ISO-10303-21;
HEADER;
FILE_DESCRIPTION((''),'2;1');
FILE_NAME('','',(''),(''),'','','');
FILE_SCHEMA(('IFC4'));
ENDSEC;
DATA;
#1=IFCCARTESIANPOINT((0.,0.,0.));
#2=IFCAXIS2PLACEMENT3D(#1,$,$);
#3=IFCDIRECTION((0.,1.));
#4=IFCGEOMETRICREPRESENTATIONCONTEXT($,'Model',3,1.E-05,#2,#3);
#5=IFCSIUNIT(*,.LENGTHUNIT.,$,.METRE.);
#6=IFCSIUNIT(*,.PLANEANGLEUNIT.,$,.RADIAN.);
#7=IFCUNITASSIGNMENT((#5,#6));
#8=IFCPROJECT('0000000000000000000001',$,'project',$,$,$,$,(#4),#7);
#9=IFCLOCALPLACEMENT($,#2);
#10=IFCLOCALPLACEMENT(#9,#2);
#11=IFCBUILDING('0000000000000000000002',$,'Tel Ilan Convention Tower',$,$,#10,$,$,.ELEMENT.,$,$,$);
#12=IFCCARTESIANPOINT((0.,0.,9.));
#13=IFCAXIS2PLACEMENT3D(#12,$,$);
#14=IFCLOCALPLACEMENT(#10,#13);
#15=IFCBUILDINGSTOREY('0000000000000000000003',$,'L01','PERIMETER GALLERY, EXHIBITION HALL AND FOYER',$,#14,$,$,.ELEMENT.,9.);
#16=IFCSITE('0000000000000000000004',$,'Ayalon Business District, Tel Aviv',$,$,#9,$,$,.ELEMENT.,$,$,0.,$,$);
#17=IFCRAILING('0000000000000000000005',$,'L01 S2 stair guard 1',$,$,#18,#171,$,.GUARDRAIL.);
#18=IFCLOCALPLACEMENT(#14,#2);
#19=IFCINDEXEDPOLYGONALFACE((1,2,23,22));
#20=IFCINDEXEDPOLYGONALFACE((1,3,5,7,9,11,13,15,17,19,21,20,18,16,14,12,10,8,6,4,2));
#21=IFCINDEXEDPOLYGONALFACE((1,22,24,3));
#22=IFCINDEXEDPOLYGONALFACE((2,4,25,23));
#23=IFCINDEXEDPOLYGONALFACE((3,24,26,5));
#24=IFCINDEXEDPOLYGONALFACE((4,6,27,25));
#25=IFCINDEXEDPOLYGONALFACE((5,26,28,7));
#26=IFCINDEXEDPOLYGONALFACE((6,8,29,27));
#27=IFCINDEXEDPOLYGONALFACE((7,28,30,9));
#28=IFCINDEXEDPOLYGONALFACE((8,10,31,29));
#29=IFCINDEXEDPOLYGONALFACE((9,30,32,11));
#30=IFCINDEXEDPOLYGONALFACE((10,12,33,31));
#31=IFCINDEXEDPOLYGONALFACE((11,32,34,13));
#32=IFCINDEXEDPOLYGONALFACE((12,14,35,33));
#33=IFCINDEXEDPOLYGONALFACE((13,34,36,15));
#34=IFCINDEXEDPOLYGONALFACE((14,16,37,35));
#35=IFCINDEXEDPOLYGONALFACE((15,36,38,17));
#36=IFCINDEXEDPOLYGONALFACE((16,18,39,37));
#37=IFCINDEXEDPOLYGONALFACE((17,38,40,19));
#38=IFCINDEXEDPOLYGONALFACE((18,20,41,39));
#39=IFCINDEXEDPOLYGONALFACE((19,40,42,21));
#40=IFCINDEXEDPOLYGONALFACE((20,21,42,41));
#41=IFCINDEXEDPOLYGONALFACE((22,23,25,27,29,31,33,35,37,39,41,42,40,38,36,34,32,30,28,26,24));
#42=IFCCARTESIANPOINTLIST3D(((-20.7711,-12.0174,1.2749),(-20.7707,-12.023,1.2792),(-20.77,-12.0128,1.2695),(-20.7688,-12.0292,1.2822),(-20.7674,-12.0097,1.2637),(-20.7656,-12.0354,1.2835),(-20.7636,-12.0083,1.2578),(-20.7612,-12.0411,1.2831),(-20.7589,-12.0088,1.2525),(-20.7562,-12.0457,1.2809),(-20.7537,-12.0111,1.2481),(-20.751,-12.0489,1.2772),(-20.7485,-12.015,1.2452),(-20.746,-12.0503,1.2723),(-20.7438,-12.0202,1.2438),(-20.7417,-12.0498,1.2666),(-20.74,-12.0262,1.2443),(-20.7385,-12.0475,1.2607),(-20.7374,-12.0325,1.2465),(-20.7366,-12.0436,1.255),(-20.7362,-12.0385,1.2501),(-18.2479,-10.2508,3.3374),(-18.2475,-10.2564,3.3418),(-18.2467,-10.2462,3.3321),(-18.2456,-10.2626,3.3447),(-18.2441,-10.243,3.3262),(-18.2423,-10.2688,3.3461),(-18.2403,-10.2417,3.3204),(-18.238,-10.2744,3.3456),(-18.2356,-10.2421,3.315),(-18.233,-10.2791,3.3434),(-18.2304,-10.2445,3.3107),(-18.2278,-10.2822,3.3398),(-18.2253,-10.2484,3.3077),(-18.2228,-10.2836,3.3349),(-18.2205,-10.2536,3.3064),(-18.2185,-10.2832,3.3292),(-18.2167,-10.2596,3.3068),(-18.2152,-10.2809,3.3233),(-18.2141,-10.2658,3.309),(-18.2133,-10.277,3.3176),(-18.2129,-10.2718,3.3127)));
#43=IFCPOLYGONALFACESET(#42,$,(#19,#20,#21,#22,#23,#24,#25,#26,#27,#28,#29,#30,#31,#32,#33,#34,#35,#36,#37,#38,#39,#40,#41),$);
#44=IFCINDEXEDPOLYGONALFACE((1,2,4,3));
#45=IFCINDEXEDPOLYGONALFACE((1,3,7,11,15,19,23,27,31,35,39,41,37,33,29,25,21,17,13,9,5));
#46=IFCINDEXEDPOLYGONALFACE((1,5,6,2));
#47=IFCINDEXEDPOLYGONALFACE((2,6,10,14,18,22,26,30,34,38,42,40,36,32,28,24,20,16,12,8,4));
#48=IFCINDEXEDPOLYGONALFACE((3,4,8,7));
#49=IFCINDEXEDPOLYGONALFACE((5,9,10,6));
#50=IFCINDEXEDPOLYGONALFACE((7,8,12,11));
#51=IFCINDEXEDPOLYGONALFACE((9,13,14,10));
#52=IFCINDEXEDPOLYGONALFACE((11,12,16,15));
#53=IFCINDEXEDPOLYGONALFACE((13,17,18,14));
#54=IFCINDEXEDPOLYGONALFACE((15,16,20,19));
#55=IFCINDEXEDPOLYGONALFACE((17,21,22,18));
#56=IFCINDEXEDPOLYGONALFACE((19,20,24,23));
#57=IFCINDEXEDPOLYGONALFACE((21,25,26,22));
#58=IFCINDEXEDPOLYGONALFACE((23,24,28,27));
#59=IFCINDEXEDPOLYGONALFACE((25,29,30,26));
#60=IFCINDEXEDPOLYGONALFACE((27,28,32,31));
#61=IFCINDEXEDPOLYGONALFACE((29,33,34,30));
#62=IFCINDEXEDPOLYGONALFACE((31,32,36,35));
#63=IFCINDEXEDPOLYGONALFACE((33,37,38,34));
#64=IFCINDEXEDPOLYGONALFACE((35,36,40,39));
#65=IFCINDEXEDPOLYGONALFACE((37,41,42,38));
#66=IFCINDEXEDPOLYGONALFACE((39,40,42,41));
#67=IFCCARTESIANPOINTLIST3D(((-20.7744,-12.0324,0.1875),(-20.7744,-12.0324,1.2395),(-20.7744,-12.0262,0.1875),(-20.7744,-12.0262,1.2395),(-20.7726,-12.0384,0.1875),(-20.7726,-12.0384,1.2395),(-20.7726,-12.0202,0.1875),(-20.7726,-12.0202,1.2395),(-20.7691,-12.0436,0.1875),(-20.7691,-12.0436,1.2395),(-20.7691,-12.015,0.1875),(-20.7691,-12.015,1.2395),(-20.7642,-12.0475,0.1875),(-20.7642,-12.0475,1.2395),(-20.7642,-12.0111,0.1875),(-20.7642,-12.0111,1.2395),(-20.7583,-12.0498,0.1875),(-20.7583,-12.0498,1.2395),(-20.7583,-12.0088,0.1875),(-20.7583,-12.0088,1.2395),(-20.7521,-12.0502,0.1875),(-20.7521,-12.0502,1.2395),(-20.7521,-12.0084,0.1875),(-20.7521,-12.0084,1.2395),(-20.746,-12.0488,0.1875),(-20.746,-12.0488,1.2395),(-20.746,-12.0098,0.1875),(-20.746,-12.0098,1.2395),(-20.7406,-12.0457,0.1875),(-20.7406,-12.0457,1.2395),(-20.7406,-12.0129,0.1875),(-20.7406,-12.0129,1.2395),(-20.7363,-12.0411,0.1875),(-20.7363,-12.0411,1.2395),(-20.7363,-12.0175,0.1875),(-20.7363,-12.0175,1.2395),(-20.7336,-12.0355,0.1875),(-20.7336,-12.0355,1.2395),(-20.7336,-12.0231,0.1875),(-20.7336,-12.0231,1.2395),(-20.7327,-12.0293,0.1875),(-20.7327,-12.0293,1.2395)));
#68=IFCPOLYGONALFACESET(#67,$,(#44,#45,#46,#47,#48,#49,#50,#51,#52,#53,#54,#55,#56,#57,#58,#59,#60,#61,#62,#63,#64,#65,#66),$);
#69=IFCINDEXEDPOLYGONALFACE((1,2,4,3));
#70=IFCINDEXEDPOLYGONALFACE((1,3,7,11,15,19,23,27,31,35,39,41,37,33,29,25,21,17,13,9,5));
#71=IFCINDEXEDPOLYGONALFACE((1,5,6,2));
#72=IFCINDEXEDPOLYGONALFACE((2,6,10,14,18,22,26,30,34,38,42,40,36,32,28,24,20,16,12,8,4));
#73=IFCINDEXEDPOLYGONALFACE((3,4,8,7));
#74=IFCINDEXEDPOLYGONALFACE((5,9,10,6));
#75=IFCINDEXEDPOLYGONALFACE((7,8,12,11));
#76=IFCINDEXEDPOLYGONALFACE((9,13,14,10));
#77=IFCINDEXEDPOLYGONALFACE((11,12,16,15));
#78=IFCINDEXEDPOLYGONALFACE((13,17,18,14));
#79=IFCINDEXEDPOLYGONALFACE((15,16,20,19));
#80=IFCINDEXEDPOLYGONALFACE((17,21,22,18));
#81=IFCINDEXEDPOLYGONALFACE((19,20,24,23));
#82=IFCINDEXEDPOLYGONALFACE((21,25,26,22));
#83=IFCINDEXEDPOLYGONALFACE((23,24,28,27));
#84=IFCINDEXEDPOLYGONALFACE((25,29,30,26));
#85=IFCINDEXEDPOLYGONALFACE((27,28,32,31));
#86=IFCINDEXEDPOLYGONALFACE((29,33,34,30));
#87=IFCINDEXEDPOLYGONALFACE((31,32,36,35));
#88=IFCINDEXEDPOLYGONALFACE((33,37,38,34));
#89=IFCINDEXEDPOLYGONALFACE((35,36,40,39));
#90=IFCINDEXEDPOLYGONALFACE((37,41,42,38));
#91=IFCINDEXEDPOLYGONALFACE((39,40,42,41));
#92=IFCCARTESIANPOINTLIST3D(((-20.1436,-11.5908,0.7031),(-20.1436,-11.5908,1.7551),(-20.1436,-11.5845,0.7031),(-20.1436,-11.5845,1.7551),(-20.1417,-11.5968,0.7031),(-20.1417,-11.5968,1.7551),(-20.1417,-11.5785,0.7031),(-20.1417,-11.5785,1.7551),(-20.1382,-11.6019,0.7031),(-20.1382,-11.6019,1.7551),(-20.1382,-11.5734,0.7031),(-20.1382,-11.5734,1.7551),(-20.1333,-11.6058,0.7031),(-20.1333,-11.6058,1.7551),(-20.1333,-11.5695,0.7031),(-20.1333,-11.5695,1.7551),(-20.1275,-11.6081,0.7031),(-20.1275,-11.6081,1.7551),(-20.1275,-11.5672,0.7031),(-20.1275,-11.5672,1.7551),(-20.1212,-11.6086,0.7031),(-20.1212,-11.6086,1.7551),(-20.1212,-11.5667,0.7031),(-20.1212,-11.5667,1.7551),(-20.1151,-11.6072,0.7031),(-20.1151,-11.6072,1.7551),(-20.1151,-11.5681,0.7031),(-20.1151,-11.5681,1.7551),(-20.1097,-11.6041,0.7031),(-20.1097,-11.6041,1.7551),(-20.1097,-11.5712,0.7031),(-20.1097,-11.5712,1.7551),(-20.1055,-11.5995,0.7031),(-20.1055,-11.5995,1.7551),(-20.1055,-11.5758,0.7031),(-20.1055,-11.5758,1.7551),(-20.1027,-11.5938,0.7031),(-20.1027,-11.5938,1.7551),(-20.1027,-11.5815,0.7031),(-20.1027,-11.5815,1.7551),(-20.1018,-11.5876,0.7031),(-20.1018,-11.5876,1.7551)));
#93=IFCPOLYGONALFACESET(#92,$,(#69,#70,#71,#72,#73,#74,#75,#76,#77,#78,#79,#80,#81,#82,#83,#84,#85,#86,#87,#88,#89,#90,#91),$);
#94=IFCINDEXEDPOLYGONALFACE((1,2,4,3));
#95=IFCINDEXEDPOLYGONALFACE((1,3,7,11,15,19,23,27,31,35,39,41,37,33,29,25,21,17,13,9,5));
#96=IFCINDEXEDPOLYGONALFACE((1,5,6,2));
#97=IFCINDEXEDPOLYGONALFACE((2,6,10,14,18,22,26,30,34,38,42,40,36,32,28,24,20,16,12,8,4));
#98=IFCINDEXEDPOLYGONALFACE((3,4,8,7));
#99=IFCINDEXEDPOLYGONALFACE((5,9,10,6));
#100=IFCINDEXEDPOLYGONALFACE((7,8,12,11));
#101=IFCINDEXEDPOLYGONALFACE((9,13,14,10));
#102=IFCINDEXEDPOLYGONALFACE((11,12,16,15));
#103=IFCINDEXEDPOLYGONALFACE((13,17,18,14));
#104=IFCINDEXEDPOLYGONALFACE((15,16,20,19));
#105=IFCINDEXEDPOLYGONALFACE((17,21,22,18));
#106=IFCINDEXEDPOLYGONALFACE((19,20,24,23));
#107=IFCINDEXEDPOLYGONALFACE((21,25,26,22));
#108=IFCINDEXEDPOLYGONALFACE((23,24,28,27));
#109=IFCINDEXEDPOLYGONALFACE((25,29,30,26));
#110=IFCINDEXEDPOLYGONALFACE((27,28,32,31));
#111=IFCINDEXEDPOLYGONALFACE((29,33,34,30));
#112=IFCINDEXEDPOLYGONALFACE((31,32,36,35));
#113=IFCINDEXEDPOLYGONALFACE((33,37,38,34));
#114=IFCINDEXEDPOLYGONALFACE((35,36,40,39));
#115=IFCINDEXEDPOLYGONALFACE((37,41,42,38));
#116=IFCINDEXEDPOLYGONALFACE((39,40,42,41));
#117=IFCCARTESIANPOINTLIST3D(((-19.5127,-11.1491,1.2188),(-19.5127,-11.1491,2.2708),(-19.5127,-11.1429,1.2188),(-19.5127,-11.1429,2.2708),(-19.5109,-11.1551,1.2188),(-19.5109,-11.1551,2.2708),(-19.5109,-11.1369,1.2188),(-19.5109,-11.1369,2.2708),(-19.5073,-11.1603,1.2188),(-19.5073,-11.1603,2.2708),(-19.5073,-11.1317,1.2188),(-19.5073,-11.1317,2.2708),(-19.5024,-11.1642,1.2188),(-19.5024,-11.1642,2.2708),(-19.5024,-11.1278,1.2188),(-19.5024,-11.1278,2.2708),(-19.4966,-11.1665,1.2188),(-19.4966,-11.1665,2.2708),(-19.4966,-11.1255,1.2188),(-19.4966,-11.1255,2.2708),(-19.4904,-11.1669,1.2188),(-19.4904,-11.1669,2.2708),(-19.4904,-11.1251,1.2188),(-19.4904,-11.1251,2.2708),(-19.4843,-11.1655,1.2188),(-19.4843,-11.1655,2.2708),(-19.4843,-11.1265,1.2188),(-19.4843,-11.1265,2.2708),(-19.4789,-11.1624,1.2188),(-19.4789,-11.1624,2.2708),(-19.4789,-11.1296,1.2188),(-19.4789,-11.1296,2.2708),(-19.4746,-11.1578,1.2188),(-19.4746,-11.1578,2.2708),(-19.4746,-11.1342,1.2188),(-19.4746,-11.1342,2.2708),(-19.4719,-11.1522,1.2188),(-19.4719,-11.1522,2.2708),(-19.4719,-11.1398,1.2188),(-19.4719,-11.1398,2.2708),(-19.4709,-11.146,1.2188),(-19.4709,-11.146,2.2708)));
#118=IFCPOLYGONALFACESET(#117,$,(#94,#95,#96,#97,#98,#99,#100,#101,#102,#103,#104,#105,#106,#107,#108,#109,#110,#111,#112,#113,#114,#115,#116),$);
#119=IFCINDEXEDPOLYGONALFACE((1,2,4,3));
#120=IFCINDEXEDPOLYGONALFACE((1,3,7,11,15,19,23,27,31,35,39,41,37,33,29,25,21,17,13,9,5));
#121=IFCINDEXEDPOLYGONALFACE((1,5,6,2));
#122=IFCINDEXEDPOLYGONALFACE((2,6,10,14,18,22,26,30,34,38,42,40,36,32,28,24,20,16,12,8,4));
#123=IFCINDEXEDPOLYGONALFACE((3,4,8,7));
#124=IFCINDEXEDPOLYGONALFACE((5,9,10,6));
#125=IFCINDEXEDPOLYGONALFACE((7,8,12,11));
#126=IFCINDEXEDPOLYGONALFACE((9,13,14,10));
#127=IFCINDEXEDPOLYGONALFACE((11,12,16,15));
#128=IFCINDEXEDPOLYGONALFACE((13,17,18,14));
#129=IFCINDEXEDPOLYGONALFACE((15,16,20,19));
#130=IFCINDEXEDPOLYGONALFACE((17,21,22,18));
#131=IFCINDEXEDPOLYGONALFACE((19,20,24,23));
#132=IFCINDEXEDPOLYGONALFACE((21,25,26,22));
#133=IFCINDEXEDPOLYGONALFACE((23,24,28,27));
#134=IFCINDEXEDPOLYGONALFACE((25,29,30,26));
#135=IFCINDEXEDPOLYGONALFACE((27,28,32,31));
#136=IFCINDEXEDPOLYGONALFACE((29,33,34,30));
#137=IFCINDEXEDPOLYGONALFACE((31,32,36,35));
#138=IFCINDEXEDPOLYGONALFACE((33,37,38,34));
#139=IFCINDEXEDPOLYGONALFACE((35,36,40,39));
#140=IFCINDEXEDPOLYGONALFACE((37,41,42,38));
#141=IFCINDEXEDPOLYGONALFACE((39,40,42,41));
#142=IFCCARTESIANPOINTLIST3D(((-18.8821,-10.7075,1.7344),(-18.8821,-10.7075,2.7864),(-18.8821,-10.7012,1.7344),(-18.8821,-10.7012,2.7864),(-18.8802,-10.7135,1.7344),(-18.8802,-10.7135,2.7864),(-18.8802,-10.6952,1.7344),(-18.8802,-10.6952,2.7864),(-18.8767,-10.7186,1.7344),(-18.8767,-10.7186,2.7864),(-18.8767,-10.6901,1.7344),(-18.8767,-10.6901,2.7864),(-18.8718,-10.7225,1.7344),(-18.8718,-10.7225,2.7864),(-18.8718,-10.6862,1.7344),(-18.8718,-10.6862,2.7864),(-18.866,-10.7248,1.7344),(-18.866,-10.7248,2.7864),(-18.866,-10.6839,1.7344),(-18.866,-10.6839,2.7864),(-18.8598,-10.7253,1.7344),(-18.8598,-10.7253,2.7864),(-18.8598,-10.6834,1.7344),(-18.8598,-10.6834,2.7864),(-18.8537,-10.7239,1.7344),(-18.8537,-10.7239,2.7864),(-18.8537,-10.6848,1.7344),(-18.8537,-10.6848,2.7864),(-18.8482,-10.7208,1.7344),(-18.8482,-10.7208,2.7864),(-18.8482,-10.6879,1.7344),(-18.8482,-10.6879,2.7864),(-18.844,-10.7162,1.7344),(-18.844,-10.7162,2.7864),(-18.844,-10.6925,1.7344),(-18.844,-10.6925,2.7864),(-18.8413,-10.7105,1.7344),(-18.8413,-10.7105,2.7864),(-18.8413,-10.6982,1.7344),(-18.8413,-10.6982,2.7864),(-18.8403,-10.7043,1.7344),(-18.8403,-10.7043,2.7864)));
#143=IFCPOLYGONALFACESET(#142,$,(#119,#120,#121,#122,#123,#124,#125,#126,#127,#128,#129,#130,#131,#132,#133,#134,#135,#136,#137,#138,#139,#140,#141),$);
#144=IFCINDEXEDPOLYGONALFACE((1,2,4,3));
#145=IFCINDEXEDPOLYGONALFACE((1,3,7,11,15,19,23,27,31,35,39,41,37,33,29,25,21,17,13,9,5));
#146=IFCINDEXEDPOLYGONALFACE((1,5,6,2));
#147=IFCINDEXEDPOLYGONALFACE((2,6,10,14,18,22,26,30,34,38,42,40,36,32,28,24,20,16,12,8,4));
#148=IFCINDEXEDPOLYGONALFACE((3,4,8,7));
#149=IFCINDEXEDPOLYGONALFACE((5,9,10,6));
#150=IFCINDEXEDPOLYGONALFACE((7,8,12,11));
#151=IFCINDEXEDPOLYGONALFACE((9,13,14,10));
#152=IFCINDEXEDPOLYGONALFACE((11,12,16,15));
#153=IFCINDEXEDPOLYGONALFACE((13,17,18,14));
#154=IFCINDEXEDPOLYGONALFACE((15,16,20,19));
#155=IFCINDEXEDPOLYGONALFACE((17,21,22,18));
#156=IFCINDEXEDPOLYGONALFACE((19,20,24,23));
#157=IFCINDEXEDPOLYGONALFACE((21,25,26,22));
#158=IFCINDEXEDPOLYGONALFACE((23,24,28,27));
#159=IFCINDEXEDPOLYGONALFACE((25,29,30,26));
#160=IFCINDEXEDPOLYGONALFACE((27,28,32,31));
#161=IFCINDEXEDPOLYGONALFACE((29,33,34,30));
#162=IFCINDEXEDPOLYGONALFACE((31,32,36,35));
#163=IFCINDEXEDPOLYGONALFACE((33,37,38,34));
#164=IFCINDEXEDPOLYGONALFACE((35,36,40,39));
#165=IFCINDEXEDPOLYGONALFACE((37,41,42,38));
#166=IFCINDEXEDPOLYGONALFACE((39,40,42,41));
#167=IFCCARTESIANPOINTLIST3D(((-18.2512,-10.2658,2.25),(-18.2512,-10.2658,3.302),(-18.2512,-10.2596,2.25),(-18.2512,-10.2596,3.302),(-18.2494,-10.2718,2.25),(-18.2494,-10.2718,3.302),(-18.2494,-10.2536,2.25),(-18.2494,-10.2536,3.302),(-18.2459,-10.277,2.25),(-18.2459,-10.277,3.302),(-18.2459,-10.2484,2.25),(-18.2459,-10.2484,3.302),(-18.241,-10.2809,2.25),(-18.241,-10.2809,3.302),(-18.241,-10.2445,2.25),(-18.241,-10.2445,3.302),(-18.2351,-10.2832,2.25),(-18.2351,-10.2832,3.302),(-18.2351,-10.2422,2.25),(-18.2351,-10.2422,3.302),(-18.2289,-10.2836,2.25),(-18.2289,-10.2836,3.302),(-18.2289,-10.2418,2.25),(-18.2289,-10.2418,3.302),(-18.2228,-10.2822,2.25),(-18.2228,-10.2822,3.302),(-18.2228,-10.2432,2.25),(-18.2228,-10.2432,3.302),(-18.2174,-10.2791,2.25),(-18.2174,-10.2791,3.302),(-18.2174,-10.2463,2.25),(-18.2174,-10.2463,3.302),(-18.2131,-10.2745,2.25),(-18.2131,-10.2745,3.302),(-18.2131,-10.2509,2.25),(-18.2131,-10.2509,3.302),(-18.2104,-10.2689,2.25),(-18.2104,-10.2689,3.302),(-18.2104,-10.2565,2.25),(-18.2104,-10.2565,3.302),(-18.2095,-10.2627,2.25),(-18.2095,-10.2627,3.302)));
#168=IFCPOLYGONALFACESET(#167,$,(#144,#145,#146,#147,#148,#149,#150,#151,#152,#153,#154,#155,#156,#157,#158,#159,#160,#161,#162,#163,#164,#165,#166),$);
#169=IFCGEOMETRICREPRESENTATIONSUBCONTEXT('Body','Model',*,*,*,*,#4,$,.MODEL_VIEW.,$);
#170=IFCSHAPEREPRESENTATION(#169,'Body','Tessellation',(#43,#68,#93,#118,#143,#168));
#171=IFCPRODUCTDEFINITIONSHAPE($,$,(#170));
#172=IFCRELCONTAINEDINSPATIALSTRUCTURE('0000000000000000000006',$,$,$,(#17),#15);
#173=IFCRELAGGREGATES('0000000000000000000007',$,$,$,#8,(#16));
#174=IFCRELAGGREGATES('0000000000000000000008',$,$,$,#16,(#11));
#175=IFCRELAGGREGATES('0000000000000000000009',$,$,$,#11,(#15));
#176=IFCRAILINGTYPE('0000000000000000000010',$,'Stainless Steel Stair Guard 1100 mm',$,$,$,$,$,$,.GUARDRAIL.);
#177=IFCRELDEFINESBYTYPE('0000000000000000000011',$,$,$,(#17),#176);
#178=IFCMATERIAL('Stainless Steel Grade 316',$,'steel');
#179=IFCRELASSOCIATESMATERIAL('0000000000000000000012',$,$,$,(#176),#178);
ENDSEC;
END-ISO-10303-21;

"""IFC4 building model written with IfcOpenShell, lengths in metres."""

from ifc_helpers import new_model, si_unit, direction, frame, origin, origin_2d, place, context, subcontext, project, spatial, circle, extrude, material, type_object, element, save


model = new_model("IFC4")

# Units and contexts
model_context = context("Model", 3, precision=1e-05, world=origin(), true_north=direction((0.0, 1.0)))
body_context = subcontext(model_context, "Body", "Model", "MODEL_VIEW")
ifc_project = project(units=[si_unit("LENGTHUNIT", "METRE"), si_unit("PLANEANGLEUNIT", "RADIAN")], contexts=[model_context])

# Site, building, storey
site_placement = place(None, origin())
site = spatial("IfcSite", under=ifc_project, at=site_placement, Name="Ayalon Business District, Tel Aviv", CompositionType="ELEMENT", RefElevation=0.0)
building_placement = place(site_placement, origin())
building = spatial("IfcBuilding", under=site, at=building_placement, Name="Tel Ilan Convention Tower", CompositionType="ELEMENT")
storey_placement = place(building_placement, frame((0.0, 0.0, 9.0)))
storey = spatial("IfcBuildingStorey", under=building, at=storey_placement, Name="L01", Description="PERIMETER GALLERY, EXHIBITION HALL AND FOYER", CompositionType="ELEMENT", Elevation=9.0)

# Railing
ifc_material_1 = material(Name="Stainless Steel Grade 316", Category="steel")
railing_type_1 = type_object("IfcRailingType", Name="Stainless Steel Stair Guard 1100 mm", PredefinedType="GUARDRAIL", material=ifc_material_1)
railing_1_placement = place(storey_placement, frame((-20.7537, -12.0293, 0.1875)))
element("IfcRailing", 1, at=railing_1_placement, inside=storey, type_object=railing_type_1, Name="L01 S2 stair guard 1", PredefinedType="GUARDRAIL", context=body_context, shape_type="SweptSolid", body=[
    extrude(circle(Radius=0.0239, at=origin_2d()), frame((0.0, 0.0, 1.0762), z_axis=(0.68067, 0.476568, 0.556391), x_axis=(-0.573542, 0.819176, 0.0)), (0.0, 0.0, 1.0), 3.707),
    extrude(circle(Radius=0.021, at=origin_2d()), origin(), (0.0, 0.0, 1.0), 1.052),
    extrude(circle(Radius=0.021, at=origin_2d()), frame((0.6309, 0.4417, 0.5156)), (0.0, 0.0, 1.0), 1.052),
    extrude(circle(Radius=0.021, at=origin_2d()), frame((1.2617, 0.8833, 1.0312)), (0.0, 0.0, 1.0), 1.052),
    extrude(circle(Radius=0.021, at=origin_2d()), frame((1.8923, 1.325, 1.5469)), (0.0, 0.0, 1.0), 1.052),
    extrude(circle(Radius=0.021, at=origin_2d()), frame((2.5232, 1.7666, 2.0625)), (0.0, 0.0, 1.0), 1.052),
])

save(model, "model.ifc")
